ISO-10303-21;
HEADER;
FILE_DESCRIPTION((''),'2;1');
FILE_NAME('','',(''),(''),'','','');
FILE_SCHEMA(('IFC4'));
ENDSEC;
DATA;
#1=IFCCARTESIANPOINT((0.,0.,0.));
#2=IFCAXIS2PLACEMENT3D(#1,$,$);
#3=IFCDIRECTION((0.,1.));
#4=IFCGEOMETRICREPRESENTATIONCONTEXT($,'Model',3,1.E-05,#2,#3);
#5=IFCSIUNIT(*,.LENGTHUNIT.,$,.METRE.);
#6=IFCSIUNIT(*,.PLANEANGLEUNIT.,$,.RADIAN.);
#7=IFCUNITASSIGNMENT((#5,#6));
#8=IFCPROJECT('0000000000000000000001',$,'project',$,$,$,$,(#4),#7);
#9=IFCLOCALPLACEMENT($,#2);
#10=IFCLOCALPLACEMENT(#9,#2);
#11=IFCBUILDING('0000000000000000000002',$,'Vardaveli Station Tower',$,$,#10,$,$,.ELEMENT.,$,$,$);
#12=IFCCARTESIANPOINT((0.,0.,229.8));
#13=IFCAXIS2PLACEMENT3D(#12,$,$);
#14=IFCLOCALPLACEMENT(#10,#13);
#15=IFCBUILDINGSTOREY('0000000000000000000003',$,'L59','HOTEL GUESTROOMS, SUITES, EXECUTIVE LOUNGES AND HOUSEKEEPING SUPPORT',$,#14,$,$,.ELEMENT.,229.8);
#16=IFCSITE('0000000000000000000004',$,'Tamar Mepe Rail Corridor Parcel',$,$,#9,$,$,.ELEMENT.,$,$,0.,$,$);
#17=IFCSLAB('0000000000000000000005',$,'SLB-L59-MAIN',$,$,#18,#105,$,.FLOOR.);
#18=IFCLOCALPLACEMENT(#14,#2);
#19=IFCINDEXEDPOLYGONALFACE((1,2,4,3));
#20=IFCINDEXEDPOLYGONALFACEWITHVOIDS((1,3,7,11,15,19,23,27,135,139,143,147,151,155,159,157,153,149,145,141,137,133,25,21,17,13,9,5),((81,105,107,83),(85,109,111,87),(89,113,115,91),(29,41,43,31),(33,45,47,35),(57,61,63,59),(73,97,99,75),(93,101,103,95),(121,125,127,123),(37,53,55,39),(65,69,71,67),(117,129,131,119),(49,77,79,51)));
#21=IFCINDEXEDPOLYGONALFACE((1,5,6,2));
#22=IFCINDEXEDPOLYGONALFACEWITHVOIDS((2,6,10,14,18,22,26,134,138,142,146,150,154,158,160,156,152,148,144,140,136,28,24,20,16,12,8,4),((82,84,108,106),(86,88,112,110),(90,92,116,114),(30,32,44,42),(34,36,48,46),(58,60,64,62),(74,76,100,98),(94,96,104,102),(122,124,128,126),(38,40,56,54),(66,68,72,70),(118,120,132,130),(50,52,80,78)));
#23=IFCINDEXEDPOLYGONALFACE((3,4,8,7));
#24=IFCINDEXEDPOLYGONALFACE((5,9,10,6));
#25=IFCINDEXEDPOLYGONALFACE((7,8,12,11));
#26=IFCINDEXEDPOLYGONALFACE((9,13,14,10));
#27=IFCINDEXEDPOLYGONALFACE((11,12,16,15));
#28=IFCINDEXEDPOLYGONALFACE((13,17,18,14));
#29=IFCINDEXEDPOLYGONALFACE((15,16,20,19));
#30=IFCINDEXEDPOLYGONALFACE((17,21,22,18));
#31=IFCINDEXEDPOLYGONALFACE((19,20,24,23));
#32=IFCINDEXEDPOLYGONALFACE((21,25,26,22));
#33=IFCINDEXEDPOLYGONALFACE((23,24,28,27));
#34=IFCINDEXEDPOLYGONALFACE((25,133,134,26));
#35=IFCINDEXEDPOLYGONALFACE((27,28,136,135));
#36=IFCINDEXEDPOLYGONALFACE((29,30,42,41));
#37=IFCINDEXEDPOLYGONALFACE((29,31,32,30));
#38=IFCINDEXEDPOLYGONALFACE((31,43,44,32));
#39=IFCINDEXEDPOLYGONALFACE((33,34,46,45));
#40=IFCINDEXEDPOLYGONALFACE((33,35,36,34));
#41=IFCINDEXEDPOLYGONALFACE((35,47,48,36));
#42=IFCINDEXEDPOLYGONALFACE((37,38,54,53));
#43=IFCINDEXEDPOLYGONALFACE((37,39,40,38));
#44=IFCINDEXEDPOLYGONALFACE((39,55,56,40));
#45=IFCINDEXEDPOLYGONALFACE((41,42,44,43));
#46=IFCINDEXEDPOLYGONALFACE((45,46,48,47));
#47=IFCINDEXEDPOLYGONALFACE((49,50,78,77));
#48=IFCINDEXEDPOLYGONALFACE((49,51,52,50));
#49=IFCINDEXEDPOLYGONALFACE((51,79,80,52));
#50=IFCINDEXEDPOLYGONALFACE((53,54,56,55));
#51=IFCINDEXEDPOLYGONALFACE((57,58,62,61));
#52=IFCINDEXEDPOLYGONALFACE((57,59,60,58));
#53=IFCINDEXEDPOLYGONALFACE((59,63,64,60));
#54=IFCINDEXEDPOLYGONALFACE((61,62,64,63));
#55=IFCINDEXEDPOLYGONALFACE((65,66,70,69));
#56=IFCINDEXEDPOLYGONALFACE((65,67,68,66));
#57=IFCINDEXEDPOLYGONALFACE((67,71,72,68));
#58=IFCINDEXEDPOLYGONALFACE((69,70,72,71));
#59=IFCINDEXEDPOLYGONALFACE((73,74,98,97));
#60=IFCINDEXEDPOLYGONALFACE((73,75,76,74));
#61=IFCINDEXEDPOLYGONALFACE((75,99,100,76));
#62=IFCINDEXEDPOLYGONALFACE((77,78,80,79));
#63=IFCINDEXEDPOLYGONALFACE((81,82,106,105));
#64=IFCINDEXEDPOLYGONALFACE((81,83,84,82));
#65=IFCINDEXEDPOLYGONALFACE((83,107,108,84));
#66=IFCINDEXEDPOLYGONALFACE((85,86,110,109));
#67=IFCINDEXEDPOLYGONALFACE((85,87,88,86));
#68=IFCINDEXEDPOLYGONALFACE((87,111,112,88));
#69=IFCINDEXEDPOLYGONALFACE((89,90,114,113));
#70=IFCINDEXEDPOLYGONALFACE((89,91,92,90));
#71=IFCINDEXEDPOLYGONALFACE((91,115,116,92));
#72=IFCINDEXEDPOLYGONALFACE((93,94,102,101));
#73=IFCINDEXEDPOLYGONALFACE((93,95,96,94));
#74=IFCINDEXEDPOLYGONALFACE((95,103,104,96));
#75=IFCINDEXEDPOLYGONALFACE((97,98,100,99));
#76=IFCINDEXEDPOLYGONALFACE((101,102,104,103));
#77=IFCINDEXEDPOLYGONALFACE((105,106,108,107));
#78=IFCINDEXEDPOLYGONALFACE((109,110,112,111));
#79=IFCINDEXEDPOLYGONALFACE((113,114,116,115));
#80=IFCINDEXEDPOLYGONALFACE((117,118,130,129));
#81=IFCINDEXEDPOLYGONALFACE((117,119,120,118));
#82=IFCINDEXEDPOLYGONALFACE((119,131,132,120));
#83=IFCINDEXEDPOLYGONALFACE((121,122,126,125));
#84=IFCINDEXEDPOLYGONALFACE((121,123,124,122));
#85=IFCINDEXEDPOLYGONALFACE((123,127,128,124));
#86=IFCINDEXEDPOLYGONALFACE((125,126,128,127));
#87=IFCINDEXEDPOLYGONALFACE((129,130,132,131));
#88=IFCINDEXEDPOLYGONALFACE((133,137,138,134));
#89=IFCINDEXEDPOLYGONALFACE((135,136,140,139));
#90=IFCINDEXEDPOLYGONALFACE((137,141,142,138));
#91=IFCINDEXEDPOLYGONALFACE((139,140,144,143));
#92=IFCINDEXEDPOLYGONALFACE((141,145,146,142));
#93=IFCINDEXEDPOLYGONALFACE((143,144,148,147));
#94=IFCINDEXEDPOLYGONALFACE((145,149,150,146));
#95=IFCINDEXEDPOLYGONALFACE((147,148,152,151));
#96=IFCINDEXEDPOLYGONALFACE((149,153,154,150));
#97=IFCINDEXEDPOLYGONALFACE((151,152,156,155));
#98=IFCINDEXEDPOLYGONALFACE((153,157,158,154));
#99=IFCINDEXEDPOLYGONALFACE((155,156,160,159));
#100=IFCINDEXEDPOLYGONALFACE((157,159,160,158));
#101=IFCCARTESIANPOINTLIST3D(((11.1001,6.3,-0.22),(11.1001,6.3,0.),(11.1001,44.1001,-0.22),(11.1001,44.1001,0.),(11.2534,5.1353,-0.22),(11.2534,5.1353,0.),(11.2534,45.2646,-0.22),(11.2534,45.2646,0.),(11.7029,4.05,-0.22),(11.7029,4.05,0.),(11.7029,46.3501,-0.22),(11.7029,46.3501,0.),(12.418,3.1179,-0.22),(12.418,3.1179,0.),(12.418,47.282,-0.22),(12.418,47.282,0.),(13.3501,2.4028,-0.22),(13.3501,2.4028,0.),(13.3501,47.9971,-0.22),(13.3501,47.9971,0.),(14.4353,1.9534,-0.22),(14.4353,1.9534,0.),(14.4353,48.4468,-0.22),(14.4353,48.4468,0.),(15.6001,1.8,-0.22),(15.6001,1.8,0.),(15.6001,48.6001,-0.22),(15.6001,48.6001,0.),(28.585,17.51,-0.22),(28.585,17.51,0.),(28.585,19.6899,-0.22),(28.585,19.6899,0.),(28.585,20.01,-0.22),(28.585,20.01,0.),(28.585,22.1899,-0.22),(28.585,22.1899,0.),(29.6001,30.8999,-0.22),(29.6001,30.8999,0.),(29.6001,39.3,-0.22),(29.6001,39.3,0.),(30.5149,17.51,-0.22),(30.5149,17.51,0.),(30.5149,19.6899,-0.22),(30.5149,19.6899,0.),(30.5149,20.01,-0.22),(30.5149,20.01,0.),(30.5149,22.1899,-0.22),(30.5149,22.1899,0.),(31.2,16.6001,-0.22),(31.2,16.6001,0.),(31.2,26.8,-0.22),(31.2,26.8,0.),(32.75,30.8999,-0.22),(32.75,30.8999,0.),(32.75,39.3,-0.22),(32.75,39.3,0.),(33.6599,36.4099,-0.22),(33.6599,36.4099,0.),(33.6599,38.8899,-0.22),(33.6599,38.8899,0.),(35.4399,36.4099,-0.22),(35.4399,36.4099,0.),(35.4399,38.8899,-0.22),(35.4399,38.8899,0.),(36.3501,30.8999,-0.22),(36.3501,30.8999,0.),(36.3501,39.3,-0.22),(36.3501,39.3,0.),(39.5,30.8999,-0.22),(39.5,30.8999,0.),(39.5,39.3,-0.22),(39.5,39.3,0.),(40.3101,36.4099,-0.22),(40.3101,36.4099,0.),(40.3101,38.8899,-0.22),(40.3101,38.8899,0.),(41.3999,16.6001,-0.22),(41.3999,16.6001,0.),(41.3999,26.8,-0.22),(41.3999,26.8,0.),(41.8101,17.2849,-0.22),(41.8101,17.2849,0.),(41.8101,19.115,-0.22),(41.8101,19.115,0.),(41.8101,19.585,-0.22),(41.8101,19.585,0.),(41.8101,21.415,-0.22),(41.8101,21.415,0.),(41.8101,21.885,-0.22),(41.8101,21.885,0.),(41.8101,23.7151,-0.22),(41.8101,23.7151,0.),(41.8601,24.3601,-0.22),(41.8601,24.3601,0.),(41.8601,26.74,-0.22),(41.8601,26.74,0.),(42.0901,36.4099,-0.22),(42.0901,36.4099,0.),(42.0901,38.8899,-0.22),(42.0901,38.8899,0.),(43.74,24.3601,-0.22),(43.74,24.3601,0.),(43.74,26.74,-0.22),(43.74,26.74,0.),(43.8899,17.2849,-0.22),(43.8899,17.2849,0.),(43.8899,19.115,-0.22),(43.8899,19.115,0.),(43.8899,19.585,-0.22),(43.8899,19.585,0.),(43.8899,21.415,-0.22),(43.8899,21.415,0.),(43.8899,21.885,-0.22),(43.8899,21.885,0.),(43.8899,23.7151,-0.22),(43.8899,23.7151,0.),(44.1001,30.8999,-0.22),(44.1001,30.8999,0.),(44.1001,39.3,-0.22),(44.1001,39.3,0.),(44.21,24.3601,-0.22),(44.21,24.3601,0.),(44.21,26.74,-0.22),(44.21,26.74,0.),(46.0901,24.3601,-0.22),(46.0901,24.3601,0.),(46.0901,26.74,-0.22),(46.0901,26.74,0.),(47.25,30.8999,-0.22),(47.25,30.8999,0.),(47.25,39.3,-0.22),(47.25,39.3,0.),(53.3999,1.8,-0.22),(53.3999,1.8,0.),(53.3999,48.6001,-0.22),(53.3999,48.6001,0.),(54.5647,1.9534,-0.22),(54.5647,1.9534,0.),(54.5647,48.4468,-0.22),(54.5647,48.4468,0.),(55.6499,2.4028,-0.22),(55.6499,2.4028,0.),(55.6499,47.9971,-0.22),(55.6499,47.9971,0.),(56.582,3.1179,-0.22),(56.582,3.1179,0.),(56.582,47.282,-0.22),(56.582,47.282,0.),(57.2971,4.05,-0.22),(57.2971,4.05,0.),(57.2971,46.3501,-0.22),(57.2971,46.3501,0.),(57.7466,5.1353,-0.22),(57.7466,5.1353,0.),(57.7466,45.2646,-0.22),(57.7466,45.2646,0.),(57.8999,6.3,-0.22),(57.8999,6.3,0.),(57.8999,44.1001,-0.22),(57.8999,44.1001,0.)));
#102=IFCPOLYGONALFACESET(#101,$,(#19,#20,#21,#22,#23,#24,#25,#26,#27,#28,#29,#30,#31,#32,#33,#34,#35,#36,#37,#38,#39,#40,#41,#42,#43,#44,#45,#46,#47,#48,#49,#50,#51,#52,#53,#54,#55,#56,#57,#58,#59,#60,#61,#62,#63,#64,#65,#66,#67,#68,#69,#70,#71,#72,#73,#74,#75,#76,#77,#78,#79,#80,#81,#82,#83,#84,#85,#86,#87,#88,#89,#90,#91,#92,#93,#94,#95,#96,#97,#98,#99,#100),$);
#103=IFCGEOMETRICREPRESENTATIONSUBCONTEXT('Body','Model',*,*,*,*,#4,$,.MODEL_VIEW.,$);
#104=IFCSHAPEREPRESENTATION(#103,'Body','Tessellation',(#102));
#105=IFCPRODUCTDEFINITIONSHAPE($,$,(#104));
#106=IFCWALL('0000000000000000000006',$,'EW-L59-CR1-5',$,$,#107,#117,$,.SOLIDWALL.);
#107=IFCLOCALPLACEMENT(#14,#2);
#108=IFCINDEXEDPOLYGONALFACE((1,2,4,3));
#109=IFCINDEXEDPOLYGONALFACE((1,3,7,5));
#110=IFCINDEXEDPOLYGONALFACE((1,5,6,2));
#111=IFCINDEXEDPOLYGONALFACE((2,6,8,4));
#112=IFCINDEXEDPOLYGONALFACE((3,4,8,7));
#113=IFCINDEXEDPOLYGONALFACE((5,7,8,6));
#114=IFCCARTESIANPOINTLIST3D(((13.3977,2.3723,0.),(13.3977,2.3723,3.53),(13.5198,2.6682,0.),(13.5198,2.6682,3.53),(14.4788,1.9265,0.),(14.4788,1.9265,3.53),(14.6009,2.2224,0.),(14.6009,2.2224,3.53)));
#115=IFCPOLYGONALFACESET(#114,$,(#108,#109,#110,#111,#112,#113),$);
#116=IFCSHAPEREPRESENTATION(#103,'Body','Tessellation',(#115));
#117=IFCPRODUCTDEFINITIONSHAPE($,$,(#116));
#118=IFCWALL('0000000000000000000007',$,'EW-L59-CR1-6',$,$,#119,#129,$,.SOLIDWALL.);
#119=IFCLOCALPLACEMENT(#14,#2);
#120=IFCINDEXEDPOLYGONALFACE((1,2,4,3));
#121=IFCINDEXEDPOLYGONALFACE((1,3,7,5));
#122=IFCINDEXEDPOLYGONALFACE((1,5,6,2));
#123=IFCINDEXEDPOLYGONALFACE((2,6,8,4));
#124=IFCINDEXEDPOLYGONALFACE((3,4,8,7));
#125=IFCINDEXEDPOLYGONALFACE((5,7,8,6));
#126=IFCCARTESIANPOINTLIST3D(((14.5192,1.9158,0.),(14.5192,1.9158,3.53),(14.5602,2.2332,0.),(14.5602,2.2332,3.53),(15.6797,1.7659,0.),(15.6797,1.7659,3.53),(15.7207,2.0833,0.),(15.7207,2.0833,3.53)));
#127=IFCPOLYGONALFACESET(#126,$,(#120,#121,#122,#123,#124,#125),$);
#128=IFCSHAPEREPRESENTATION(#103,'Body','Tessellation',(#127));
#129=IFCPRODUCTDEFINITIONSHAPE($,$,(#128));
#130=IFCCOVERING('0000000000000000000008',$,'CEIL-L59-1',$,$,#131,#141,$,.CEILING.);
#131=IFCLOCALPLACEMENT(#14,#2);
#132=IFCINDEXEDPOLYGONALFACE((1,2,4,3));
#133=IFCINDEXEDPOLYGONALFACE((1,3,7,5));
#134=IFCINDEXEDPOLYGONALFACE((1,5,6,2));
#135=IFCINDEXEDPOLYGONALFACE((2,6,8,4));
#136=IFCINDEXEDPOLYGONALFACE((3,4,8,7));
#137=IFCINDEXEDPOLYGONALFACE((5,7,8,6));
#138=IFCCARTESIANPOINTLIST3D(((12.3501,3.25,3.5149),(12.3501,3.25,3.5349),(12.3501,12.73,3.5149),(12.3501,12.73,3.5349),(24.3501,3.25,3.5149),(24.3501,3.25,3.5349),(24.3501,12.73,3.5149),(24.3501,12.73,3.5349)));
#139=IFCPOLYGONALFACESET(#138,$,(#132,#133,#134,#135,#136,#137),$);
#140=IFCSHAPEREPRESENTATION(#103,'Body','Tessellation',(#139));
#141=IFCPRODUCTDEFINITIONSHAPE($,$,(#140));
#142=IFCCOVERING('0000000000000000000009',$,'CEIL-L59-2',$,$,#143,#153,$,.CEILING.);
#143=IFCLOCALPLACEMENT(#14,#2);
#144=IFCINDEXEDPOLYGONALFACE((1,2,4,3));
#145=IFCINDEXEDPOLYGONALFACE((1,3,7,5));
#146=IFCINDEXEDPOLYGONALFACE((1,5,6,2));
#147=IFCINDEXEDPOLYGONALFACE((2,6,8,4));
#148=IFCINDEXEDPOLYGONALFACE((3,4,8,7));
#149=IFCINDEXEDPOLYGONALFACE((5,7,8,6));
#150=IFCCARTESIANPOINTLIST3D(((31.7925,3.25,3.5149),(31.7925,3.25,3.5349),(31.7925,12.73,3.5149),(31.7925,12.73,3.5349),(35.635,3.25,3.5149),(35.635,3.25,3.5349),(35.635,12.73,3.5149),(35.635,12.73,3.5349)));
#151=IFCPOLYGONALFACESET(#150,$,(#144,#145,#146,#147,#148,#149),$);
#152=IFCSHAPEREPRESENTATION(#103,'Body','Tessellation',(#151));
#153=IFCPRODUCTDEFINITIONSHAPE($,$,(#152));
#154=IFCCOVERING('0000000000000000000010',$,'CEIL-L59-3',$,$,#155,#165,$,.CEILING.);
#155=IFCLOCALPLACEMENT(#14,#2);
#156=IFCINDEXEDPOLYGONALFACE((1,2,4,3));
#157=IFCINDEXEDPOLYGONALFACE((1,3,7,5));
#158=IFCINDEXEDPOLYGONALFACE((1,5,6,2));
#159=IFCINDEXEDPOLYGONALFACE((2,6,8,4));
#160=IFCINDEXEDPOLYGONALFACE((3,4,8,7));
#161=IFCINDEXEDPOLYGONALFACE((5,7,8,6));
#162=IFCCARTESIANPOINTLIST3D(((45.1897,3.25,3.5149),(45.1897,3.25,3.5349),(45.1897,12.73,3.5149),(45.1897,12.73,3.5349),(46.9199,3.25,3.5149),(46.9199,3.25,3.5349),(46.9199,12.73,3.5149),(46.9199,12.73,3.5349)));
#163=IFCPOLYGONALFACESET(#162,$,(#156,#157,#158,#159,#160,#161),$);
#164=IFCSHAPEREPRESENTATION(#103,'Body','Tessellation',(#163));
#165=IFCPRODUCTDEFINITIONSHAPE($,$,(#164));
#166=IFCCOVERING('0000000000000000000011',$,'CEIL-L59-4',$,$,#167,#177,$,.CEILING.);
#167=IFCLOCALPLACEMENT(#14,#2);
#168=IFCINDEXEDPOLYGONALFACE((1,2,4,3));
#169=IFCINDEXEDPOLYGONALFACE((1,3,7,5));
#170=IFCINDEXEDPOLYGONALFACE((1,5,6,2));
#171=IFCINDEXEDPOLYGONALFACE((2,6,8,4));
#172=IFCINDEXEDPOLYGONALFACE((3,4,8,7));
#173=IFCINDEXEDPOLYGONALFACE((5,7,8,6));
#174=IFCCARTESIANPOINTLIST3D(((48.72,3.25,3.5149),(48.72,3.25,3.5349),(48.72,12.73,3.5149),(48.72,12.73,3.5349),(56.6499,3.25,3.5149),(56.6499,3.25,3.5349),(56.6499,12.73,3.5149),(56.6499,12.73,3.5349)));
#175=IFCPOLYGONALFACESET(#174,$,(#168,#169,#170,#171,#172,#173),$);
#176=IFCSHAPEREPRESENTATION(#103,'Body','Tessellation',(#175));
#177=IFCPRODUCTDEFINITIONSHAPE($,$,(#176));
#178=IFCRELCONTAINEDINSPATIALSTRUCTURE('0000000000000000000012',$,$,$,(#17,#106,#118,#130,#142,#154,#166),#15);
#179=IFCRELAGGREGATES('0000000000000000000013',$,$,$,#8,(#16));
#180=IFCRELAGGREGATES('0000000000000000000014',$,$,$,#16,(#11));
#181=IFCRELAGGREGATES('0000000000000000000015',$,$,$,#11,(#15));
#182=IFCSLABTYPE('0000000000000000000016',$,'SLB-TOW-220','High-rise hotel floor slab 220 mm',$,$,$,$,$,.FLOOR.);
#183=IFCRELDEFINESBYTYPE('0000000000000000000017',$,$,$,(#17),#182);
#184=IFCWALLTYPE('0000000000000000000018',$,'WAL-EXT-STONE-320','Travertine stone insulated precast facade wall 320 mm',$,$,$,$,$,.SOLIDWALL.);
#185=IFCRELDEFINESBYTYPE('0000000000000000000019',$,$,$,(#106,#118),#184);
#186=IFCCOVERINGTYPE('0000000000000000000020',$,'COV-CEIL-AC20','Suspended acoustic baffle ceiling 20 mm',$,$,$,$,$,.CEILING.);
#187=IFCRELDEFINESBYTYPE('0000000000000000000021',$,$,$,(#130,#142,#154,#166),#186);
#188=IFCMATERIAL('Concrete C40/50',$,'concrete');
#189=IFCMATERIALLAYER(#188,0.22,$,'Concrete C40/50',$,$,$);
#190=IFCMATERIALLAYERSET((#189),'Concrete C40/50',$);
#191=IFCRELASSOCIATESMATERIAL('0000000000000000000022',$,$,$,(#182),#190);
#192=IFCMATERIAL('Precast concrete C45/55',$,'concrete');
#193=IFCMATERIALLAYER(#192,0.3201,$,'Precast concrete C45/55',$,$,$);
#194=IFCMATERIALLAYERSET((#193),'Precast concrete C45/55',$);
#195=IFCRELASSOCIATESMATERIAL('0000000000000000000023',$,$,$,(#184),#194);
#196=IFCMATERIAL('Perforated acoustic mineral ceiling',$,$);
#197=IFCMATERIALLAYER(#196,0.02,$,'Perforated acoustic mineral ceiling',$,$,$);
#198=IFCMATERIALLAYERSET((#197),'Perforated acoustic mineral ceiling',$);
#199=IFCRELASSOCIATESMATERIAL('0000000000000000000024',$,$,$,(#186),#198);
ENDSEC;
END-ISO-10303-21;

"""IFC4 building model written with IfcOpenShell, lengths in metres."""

from ifc_helpers import new_model, si_unit, direction, frame, frame_2d, origin, place, context, subcontext, project, spatial, polyline, rectangle, outline, extrude, source, transform, mapped, material, layer, layer_set, type_object, element, save


model = new_model("IFC4")

# Units and contexts
model_context = context("Model", 3, precision=1e-05, world=origin(), true_north=direction((0.0, 1.0)))
body_context = subcontext(model_context, "Body", "Model", "MODEL_VIEW")
ifc_project = project(units=[si_unit("LENGTHUNIT", "METRE"), si_unit("PLANEANGLEUNIT", "RADIAN")], contexts=[model_context])

# Site, building, storey
site_placement = place(None, origin())
site = spatial("IfcSite", under=ifc_project, at=site_placement, Name="Tamar Mepe Rail Corridor Parcel", CompositionType="ELEMENT", RefElevation=0.0)
building_placement = place(site_placement, origin())
building = spatial("IfcBuilding", under=site, at=building_placement, Name="Vardaveli Station Tower", CompositionType="ELEMENT")
storey_placement = place(building_placement, frame((0.0, 0.0, 229.8)))
storey = spatial("IfcBuildingStorey", under=building, at=storey_placement, Name="L59", Description="HOTEL GUESTROOMS, SUITES, EXECUTIVE LOUNGES AND HOUSEKEEPING SUPPORT", CompositionType="ELEMENT", Elevation=229.8)

# Shared definitions
ifc_material_1 = material(Name="Concrete C40/50", Category="concrete")

# Slab
ifc_material_2 = material(Name="Precast concrete C45/55", Category="concrete")
ifc_layer_1 = layer(ifc_material_1, 0.22, Name="Concrete C40/50")
ifc_layer_set_1 = layer_set([ifc_layer_1], Name="Concrete C40/50")
slab_type_1 = type_object("IfcSlabType", Name="SLB-TOW-220", Description="High-rise hotel floor slab 220 mm", PredefinedType="FLOOR", material=ifc_layer_set_1)
slab_1_placement = place(storey_placement, frame((0.0, 0.0, -0.22)))
element("IfcSlab", 1, at=slab_1_placement, inside=storey, type_object=slab_type_1, Name="SLB-L59-MAIN", PredefinedType="FLOOR", context=body_context, shape_type="SweptSolid", body=[
    extrude(outline(polyline([(11.1001, 6.3), (11.2534, 5.1353), (11.7029, 4.05), (12.418, 3.1179), (13.3501, 2.4028), (14.4353, 1.9534), (15.6001, 1.8), (53.3999, 1.8), (54.5647, 1.9534), (55.6499, 2.4028), (56.582, 3.1179), (57.2971, 4.05), (57.7466, 5.1353), (57.8999, 6.3), (57.8999, 44.1001), (57.7466, 45.2646), (57.2971, 46.3501), (56.582, 47.282), (55.6499, 47.9971), (54.5647, 48.4468), (53.3999, 48.6001), (15.6001, 48.6001), (14.4353, 48.4468), (13.3501, 47.9971), (12.418, 47.282), (11.7029, 46.3501), (11.2534, 45.2646), (11.1001, 44.1001), (11.1001, 6.3)]), holes=[polyline([(31.2, 16.6001), (41.3999, 16.6001), (41.3999, 26.8), (31.2, 26.8), (31.2, 16.6001)]), polyline([(32.75, 30.8999), (32.75, 39.3), (29.6001, 39.3), (29.6001, 30.8999), (32.75, 30.8999)]), polyline([(39.5, 30.8999), (39.5, 39.3), (36.3501, 39.3), (36.3501, 30.8999), (39.5, 30.8999)]), polyline([(47.25, 30.8999), (47.25, 39.3), (44.1001, 39.3), (44.1001, 30.8999), (47.25, 30.8999)]), polyline([(33.6599, 36.4099), (35.4399, 36.4099), (35.4399, 38.8899), (33.6599, 38.8899), (33.6599, 36.4099)]), polyline([(40.3101, 36.4099), (42.0901, 36.4099), (42.0901, 38.8899), (40.3101, 38.8899), (40.3101, 36.4099)]), polyline([(41.8101, 21.885), (43.8899, 21.885), (43.8899, 23.7151), (41.8101, 23.7151), (41.8101, 21.885)]), polyline([(41.8101, 19.585), (43.8899, 19.585), (43.8899, 21.415), (41.8101, 21.415), (41.8101, 19.585)]), polyline([(41.8101, 17.2849), (43.8899, 17.2849), (43.8899, 19.115), (41.8101, 19.115), (41.8101, 17.2849)]), polyline([(28.585, 17.51), (30.5149, 17.51), (30.5149, 19.6899), (28.585, 19.6899), (28.585, 17.51)]), polyline([(28.585, 20.01), (30.5149, 20.01), (30.5149, 22.1899), (28.585, 22.1899), (28.585, 20.01)]), polyline([(41.8601, 24.3601), (43.74, 24.3601), (43.74, 26.74), (41.8601, 26.74), (41.8601, 24.3601)]), polyline([(44.21, 24.3601), (46.0901, 24.3601), (46.0901, 26.74), (44.21, 26.74), (44.21, 24.3601)])]), origin(), (0.0, 0.0, 1.0), 0.22),
])

# Walls
ifc_layer_2 = layer(ifc_material_2, 0.3201, Name="Precast concrete C45/55")
ifc_layer_set_2 = layer_set([ifc_layer_2], Name="Precast concrete C45/55")
wall_type = type_object("IfcWallType", Name="WAL-EXT-STONE-320", Description="Travertine stone insulated precast facade wall 320 mm", PredefinedType="SOLIDWALL", material=ifc_layer_set_2)
shared_shape_1 = source(origin(), body_context, "Body", "SweptSolid", [
    extrude(rectangle(XDim=1.1694, YDim=0.3201, at=frame_2d((0.5847, 0.0))), origin(), (0.0, 0.0, 1.0), 3.53),
])
wall_1_placement = place(storey_placement, frame((13.4587, 2.5203, 0.0), z_axis=(0.0, 0.0, 1.0), x_axis=(0.924479, -0.381233, 0.0)))
element("IfcWall", 2, at=wall_1_placement, inside=storey, type_object=wall_type, Name="EW-L59-CR1-5", PredefinedType="SOLIDWALL", context=body_context, shape_type="MappedRepresentation", body=[
    mapped(shared_shape_1, transform((0.0, 0.0, 0.0), scale=1.0)),
])
shared_shape_2 = source(origin(), body_context, "Body", "SweptSolid", [
    extrude(rectangle(XDim=1.1702, YDim=0.3201, at=frame_2d((0.585, 0.0))), origin(), (0.0, 0.0, 1.0), 3.53),
])
wall_2_placement = place(storey_placement, frame((14.5398, 2.0745, 0.0), z_axis=(0.0, 0.0, 1.0), x_axis=(0.991762, -0.12809, 0.0)))
element("IfcWall", 3, at=wall_2_placement, inside=storey, type_object=wall_type, Name="EW-L59-CR1-6", PredefinedType="SOLIDWALL", context=body_context, shape_type="MappedRepresentation", body=[
    mapped(shared_shape_2, transform((0.0, 0.0, 0.0), scale=1.0)),
])

# Coverings
ifc_material_3 = material(Name="Perforated acoustic mineral ceiling")
ifc_layer_3 = layer(ifc_material_3, 0.02, Name="Perforated acoustic mineral ceiling")
ifc_layer_set_3 = layer_set([ifc_layer_3], Name="Perforated acoustic mineral ceiling")
covering_type_1 = type_object("IfcCoveringType", Name="COV-CEIL-AC20", Description="Suspended acoustic baffle ceiling 20 mm", PredefinedType="CEILING", material=ifc_layer_set_3)
covering_1_placement = place(storey_placement, frame((0.0, 0.0, 3.5149)))
element("IfcCovering", 4, at=covering_1_placement, inside=storey, type_object=covering_type_1, Name="CEIL-L59-1", PredefinedType="CEILING", context=body_context, shape_type="SweptSolid", body=[
    extrude(outline(polyline([(12.3501, 3.25), (24.3501, 3.25), (24.3501, 12.73), (12.3501, 12.73), (12.3501, 3.25)])), origin(), (0.0, 0.0, 1.0), 0.02),
])
covering_2_placement = place(storey_placement, frame((0.0, 0.0, 3.5149)))
element("IfcCovering", 5, at=covering_2_placement, inside=storey, type_object=covering_type_1, Name="CEIL-L59-2", PredefinedType="CEILING", context=body_context, shape_type="SweptSolid", body=[
    extrude(outline(polyline([(31.7925, 3.25), (35.635, 3.25), (35.635, 12.73), (31.7925, 12.73), (31.7925, 3.25)])), origin(), (0.0, 0.0, 1.0), 0.02),
])
covering_3_placement = place(storey_placement, frame((0.0, 0.0, 3.5149)))
element("IfcCovering", 6, at=covering_3_placement, inside=storey, type_object=covering_type_1, Name="CEIL-L59-3", PredefinedType="CEILING", context=body_context, shape_type="SweptSolid", body=[
    extrude(outline(polyline([(45.1897, 3.25), (46.9199, 3.25), (46.9199, 12.73), (45.1897, 12.73), (45.1897, 3.25)])), origin(), (0.0, 0.0, 1.0), 0.02),
])
covering_4_placement = place(storey_placement, frame((0.0, 0.0, 3.5149)))
element("IfcCovering", 7, at=covering_4_placement, inside=storey, type_object=covering_type_1, Name="CEIL-L59-4", PredefinedType="CEILING", context=body_context, shape_type="SweptSolid", body=[
    extrude(outline(polyline([(48.72, 3.25), (56.6499, 3.25), (56.6499, 12.73), (48.72, 12.73), (48.72, 3.25)])), origin(), (0.0, 0.0, 1.0), 0.02),
])

save(model, "model.ifc")
